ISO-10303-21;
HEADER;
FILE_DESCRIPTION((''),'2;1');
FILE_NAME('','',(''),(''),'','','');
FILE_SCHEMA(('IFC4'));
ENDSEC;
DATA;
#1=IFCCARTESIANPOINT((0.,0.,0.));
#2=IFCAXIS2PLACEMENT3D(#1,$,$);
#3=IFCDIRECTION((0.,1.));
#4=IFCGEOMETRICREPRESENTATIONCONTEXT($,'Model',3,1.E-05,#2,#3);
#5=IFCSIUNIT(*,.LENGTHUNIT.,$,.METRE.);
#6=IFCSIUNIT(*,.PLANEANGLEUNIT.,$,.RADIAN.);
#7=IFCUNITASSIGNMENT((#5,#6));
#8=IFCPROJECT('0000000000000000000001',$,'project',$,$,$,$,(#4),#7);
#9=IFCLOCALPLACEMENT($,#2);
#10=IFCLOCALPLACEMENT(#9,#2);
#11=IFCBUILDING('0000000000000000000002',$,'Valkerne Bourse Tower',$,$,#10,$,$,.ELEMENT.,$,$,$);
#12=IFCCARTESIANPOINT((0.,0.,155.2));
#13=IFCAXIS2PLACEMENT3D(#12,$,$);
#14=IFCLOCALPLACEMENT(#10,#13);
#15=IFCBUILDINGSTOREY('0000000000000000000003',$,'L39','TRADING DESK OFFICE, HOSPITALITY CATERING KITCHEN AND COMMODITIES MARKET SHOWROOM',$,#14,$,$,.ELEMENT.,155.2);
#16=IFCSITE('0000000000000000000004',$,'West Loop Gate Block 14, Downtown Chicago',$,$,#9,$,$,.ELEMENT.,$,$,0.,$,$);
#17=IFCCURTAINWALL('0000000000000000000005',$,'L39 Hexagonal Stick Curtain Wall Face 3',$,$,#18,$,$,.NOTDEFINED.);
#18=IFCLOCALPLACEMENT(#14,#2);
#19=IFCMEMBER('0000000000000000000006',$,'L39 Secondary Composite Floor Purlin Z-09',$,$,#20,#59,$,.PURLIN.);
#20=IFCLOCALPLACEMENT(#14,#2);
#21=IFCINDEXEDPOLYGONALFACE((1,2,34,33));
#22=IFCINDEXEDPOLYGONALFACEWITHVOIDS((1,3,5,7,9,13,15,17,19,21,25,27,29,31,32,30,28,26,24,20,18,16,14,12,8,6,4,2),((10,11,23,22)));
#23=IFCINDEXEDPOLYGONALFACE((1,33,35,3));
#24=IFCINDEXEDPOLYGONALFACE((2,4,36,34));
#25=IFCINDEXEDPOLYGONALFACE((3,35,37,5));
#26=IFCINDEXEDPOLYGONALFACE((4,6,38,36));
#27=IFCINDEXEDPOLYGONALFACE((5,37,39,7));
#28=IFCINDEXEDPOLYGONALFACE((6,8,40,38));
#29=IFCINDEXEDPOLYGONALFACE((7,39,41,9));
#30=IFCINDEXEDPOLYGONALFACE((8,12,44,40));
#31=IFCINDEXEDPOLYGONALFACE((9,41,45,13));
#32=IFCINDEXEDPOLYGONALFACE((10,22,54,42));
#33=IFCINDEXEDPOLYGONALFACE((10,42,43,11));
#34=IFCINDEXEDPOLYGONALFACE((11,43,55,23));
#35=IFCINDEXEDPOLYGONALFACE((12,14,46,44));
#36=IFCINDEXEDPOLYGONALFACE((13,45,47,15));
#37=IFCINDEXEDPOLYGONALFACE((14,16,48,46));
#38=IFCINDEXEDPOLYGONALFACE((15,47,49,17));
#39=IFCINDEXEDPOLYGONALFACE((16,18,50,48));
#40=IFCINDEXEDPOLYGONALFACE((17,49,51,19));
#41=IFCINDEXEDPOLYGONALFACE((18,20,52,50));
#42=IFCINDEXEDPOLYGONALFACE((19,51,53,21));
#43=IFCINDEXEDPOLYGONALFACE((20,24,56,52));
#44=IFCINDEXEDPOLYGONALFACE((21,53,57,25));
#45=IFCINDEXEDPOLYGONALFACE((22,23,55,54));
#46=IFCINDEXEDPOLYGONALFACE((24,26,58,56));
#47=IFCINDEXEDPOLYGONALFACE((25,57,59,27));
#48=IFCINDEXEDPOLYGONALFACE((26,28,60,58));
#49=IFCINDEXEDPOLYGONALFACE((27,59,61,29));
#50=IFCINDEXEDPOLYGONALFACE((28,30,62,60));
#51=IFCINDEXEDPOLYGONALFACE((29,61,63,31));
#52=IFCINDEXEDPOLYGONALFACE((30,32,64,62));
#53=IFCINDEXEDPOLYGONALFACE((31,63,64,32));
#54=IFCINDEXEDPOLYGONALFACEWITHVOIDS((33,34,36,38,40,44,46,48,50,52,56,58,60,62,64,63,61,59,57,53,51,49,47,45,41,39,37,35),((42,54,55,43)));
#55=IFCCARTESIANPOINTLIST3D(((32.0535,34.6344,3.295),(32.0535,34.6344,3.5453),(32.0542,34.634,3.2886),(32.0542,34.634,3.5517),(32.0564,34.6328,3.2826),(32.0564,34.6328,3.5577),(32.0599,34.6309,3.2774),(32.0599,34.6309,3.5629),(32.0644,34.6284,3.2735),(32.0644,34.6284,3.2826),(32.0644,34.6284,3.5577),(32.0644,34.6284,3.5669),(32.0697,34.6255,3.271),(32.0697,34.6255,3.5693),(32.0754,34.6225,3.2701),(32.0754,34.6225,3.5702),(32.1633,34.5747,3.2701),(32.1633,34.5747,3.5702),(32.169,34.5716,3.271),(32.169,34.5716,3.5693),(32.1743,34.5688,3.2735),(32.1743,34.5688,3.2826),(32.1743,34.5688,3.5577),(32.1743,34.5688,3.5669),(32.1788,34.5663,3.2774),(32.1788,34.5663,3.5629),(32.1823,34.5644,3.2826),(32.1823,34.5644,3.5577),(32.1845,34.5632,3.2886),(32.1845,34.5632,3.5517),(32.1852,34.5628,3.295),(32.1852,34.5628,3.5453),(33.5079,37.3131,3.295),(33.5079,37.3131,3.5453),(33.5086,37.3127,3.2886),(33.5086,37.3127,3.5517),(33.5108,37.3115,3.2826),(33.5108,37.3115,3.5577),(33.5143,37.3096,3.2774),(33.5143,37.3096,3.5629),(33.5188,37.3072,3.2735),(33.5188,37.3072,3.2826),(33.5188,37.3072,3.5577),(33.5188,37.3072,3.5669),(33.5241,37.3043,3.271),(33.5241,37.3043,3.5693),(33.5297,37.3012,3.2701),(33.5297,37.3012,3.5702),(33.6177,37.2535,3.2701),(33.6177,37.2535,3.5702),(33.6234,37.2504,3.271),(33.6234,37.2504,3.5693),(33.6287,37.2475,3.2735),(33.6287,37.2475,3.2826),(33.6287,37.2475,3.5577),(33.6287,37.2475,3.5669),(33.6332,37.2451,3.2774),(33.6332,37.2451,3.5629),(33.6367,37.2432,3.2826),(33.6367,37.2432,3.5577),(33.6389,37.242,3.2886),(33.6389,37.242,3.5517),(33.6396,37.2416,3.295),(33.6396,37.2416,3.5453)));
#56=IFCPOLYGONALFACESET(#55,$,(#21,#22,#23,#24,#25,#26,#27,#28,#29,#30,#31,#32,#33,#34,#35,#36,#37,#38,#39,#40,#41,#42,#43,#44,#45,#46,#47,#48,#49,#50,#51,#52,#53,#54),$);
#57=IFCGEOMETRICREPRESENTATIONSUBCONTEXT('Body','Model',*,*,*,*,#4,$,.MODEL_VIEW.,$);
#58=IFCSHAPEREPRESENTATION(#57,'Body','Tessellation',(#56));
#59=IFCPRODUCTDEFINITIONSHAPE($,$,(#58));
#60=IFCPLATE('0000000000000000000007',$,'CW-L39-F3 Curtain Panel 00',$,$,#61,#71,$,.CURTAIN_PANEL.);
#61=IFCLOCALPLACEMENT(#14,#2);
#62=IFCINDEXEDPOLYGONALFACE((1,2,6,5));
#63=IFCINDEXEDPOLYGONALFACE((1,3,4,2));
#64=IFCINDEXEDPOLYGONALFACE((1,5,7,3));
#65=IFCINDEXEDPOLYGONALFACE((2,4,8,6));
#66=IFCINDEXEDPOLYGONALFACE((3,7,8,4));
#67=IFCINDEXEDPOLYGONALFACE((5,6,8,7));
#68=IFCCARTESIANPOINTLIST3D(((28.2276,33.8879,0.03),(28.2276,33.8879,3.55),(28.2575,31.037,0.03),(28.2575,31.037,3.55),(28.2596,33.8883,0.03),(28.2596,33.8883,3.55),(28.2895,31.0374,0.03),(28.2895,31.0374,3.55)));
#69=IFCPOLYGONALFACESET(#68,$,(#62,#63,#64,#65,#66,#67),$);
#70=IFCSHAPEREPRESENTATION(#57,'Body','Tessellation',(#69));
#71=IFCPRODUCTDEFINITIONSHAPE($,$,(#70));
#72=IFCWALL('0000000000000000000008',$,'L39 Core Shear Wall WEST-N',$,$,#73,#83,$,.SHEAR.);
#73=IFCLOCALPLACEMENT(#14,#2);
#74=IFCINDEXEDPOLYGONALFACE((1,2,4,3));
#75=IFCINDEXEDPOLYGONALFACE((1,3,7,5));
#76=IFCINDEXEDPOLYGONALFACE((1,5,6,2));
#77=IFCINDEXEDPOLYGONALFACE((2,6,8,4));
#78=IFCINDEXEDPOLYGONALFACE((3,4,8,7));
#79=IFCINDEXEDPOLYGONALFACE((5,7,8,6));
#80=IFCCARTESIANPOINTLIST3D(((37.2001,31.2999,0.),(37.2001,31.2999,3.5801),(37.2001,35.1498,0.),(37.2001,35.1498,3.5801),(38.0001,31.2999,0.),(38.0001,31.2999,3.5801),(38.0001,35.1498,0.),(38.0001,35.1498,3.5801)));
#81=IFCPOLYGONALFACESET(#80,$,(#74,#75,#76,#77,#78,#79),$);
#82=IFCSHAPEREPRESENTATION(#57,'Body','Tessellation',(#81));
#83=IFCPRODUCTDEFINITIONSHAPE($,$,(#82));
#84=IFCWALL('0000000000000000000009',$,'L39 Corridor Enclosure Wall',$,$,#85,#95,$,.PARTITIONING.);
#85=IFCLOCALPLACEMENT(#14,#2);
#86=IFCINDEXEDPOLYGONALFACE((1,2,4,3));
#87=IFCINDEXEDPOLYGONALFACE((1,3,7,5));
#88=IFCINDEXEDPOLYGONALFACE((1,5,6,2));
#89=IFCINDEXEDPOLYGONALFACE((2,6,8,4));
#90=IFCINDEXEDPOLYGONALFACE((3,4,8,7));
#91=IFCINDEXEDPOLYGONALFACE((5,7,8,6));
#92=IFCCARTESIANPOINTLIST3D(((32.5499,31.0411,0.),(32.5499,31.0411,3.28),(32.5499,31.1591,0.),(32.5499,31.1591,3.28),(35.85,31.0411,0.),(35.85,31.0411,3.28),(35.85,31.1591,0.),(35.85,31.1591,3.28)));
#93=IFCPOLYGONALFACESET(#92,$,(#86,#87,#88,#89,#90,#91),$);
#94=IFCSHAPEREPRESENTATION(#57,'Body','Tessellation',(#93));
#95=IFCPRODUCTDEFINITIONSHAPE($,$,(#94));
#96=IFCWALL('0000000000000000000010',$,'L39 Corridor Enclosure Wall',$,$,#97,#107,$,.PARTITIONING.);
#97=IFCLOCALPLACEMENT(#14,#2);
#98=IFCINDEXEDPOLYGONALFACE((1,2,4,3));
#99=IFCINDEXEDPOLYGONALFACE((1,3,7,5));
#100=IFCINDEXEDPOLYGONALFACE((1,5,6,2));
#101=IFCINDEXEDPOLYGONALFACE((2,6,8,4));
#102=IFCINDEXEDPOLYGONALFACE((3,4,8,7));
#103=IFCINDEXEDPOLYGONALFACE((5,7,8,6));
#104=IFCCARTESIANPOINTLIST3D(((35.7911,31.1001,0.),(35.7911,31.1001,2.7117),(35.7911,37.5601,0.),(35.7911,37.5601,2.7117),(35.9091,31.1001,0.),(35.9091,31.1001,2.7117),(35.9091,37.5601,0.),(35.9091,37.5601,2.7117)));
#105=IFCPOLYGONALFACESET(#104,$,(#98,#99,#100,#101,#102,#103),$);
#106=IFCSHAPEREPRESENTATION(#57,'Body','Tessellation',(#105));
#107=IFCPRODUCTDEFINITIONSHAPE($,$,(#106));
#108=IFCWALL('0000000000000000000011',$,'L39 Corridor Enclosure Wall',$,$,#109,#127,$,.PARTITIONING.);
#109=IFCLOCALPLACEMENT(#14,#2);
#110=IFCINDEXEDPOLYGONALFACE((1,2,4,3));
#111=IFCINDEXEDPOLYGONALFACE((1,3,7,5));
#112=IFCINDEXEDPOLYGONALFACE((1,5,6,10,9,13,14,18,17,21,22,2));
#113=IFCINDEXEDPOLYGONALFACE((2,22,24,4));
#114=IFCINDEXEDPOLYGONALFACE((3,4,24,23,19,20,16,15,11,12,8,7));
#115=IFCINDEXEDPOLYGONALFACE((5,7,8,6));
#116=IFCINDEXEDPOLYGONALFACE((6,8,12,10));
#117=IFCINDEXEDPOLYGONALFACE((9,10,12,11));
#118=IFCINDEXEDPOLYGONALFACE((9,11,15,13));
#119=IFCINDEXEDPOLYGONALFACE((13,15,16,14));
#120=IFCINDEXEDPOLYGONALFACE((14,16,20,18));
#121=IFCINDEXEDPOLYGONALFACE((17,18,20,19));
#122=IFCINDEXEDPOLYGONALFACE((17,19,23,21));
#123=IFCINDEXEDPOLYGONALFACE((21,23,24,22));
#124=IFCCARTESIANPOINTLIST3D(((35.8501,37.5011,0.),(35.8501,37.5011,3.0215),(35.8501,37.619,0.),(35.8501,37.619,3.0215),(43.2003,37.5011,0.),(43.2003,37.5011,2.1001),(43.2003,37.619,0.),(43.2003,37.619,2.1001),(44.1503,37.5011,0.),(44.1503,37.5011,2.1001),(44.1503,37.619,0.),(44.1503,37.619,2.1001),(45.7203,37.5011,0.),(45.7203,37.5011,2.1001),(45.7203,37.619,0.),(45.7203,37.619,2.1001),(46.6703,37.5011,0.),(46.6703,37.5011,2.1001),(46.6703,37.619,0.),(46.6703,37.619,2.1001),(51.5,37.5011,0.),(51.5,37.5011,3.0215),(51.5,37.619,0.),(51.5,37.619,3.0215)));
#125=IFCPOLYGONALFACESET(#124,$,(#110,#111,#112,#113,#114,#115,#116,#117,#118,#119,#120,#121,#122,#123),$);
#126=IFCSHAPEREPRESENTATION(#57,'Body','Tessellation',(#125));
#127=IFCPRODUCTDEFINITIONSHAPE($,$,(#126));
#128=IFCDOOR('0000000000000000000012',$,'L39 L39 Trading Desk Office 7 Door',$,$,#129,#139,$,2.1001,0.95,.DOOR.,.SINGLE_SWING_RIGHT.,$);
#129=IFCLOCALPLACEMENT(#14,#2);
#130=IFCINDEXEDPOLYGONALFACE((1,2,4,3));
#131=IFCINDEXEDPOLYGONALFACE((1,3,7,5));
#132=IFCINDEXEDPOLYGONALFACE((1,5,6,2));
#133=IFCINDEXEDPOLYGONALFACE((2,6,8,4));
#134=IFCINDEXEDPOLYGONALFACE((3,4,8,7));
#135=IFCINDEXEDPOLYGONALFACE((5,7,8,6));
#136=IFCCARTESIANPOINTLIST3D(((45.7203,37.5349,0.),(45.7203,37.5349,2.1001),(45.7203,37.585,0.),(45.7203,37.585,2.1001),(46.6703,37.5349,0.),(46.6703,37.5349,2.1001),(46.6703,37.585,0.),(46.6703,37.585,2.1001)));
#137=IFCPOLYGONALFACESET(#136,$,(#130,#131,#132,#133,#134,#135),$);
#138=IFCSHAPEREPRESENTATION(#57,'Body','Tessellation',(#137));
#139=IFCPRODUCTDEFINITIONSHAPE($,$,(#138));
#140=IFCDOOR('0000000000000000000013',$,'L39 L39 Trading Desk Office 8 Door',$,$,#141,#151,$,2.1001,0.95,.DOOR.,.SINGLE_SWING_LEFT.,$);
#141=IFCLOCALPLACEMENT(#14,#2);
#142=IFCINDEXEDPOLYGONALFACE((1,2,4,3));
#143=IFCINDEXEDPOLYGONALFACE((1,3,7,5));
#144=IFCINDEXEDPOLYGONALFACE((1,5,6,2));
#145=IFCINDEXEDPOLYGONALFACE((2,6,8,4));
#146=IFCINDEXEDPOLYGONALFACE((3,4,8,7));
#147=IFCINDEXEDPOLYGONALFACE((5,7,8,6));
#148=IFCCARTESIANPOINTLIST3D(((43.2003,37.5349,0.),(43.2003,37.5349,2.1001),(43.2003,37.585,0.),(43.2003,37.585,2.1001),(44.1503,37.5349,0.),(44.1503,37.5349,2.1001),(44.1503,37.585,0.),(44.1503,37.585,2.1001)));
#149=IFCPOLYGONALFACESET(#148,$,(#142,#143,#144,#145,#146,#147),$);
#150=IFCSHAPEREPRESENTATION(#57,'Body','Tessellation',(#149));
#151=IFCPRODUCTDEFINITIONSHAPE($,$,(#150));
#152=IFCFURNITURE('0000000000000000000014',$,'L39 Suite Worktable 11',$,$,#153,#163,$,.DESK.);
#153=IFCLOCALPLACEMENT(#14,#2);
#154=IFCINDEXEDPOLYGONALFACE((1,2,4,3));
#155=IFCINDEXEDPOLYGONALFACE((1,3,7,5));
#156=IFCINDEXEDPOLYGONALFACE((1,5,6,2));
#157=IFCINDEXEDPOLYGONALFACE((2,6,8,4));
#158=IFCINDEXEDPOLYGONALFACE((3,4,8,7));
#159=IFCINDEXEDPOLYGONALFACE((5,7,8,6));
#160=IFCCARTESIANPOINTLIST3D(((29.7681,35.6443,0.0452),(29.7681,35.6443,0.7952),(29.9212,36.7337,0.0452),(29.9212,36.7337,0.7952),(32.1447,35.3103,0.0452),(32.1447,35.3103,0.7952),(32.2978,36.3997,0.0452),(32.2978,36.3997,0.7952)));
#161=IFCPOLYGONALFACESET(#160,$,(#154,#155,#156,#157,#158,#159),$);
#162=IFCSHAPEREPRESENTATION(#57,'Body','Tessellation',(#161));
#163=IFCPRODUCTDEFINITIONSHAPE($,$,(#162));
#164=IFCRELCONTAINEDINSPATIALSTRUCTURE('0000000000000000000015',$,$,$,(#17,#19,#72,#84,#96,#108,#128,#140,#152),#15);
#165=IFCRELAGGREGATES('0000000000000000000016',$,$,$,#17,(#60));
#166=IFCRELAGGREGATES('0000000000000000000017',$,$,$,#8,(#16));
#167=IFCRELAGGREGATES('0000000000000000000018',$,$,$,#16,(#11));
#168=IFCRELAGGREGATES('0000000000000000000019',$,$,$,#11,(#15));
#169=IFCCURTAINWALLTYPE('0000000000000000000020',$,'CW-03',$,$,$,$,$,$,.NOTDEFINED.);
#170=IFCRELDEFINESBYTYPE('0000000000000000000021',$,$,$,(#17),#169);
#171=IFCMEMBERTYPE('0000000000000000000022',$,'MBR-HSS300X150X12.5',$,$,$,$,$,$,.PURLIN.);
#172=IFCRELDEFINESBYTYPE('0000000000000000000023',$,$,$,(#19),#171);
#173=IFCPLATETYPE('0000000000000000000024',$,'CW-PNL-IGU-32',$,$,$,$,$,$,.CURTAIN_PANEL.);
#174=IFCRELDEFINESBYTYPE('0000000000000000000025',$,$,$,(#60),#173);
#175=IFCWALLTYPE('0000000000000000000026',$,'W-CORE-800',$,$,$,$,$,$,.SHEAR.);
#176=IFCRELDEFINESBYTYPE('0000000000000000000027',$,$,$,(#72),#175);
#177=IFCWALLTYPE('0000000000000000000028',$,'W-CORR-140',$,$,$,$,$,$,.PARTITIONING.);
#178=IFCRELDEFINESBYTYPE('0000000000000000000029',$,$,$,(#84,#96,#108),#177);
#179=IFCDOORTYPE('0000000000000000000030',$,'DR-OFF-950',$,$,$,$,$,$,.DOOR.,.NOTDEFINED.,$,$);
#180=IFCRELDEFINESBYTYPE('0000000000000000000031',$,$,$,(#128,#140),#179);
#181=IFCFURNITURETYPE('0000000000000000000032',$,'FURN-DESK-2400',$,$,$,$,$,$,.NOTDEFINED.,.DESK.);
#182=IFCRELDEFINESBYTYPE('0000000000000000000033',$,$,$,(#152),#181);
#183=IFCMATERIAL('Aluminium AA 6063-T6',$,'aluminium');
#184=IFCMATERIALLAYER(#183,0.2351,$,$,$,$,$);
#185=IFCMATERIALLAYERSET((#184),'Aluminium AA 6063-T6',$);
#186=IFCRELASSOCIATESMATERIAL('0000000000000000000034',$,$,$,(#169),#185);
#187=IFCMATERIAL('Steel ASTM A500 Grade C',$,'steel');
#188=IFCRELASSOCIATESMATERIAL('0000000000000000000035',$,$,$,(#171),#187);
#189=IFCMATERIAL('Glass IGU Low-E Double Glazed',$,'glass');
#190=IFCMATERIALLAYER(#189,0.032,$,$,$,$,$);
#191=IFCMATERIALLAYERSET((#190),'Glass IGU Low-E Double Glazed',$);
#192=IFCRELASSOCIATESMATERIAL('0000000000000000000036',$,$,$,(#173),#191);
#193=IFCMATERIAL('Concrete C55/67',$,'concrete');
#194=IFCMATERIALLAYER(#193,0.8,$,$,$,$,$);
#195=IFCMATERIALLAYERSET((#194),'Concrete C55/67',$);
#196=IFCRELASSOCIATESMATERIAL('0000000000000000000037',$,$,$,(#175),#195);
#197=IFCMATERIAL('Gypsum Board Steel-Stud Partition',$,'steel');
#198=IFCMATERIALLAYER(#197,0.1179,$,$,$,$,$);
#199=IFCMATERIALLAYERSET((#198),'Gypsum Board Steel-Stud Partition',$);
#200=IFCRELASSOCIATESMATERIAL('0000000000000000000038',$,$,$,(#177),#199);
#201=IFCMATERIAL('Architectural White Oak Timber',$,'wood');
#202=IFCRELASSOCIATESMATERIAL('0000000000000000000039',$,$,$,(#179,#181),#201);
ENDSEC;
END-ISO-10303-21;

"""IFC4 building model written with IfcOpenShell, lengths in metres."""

from ifc_helpers import new_model, si_unit, direction, frame, frame_2d, origin, origin_2d, place, context, subcontext, project, spatial, rectangle, hollow_rectangle, extrude, material, layer, layer_set, material_profile, profile_set, type_object, element, fill, aggregate, save


model = new_model("IFC4")

# Units and contexts
model_context = context("Model", 3, precision=1e-05, world=origin(), true_north=direction((0.0, 1.0)))
body_context = subcontext(model_context, "Body", "Model", "MODEL_VIEW")
ifc_project = project(units=[si_unit("LENGTHUNIT", "METRE"), si_unit("PLANEANGLEUNIT", "RADIAN")], contexts=[model_context])

# Site, building, storey
site_placement = place(None, origin())
site = spatial("IfcSite", under=ifc_project, at=site_placement, Name="West Loop Gate Block 14, Downtown Chicago", CompositionType="ELEMENT", RefElevation=0.0)
building_placement = place(site_placement, origin())
building = spatial("IfcBuilding", under=site, at=building_placement, Name="Valkerne Bourse Tower", CompositionType="ELEMENT")
storey_placement = place(building_placement, frame((0.0, 0.0, 155.2)))
storey = spatial("IfcBuildingStorey", under=building, at=storey_placement, Name="L39", Description="TRADING DESK OFFICE, HOSPITALITY CATERING KITCHEN AND COMMODITIES MARKET SHOWROOM", CompositionType="ELEMENT", Elevation=155.2)

# Curtain wall
ifc_material_1 = material(Name="Aluminium AA 6063-T6", Category="aluminium")
ifc_layer_1 = layer(ifc_material_1, 0.2351)
ifc_layer_set_1 = layer_set([ifc_layer_1], Name="Aluminium AA 6063-T6")
curtain_wall_type = type_object("IfcCurtainWallType", Name="CW-03", PredefinedType="NOTDEFINED", material=ifc_layer_set_1)
curtain_wall_placement = place(storey_placement, origin())
curtain_wall = element("IfcCurtainWall", 1, at=curtain_wall_placement, inside=storey, type_object=curtain_wall_type, Name="L39 Hexagonal Stick Curtain Wall Face 3", PredefinedType="NOTDEFINED")

# Member
ifc_material_2 = material(Name="Steel ASTM A500 Grade C", Category="steel")
ifc_material_profile_1 = material_profile(ifc_material_2, hollow_rectangle(XDim=0.1499, YDim=0.3, WallThickness=0.0125, OuterFilletRadius=0.0249, at=origin_2d()), Name="HSS300X150X12.5")
ifc_profile_set_1 = profile_set([ifc_material_profile_1], Name="Steel ASTM A500 Grade C")
member_type_1 = type_object("IfcMemberType", Name="MBR-HSS300X150X12.5", PredefinedType="PURLIN", material=ifc_profile_set_1)
member_1_placement = place(storey_placement, frame((33.5737, 37.2773, 3.4202), z_axis=(-0.47714, -0.878828, 0.0), x_axis=(0.878828, -0.47714, 0.0)))
element("IfcMember", 2, at=member_1_placement, inside=storey, type_object=member_type_1, Name="L39 Secondary Composite Floor Purlin Z-09", PredefinedType="PURLIN", context=body_context, shape_type="SweptSolid", body=[
    extrude(hollow_rectangle(XDim=0.1499, YDim=0.3, WallThickness=0.0125, OuterFilletRadius=0.0249, at=origin_2d()), origin(), (0.0, 0.0, 1.0), 3.0481),
])

# Plate
ifc_material_3 = material(Name="Glass IGU Low-E Double Glazed", Category="glass")
ifc_layer_2 = layer(ifc_material_3, 0.032)
ifc_layer_set_2 = layer_set([ifc_layer_2], Name="Glass IGU Low-E Double Glazed")
plate_type = type_object("IfcPlateType", Name="CW-PNL-IGU-32", PredefinedType="CURTAIN_PANEL", material=ifc_layer_set_2)
plate_placement = place(storey_placement, frame((28.2585, 32.4626, 0.03), z_axis=(0.0, 0.0, 1.0), x_axis=(0.010475, -0.999945, 0.0)))
plate = element("IfcPlate", 3, at=plate_placement, type_object=plate_type, Name="CW-L39-F3 Curtain Panel 00", PredefinedType="CURTAIN_PANEL", context=body_context, shape_type="SweptSolid", body=[
    extrude(rectangle(XDim=2.8511, YDim=0.032, at=origin_2d()), origin(), (0.0, 0.0, 1.0), 3.52),
])
aggregate(curtain_wall, [plate])

# Shared definitions
ifc_material_4 = material(Name="Concrete C55/67", Category="concrete")
ifc_layer_3 = layer(ifc_material_4, 0.8)
ifc_layer_set_3 = layer_set([ifc_layer_3], Name="Concrete C55/67")
wall_type_1 = type_object("IfcWallType", Name="W-CORE-800", PredefinedType="SHEAR", material=ifc_layer_set_3)

# Walls
wall_1_placement = place(storey_placement, frame((37.6001, 31.3, 0.0), z_axis=(0.0, 0.0, 1.0), x_axis=(0.0, 1.0, 0.0)))
element("IfcWall", 4, at=wall_1_placement, inside=storey, type_object=wall_type_1, Name="L39 Core Shear Wall WEST-N", PredefinedType="SHEAR", context=body_context, shape_type="SweptSolid", body=[
    extrude(rectangle(XDim=3.8499, YDim=0.8, at=frame_2d((1.9248, 0.0))), origin(), (0.0, 0.0, 1.0), 3.5801),
])
ifc_material_5 = material(Name="Gypsum Board Steel-Stud Partition", Category="steel")
ifc_layer_4 = layer(ifc_material_5, 0.1179)
ifc_layer_set_4 = layer_set([ifc_layer_4], Name="Gypsum Board Steel-Stud Partition")
wall_type_2 = type_object("IfcWallType", Name="W-CORR-140", PredefinedType="PARTITIONING", material=ifc_layer_set_4)
wall_2_placement = place(storey_placement, frame((32.55, 31.1001, 0.0), z_axis=(0.0, 0.0, 1.0), x_axis=(1.0, 0.0, 0.0)))
element("IfcWall", 5, at=wall_2_placement, inside=storey, type_object=wall_type_2, Name="L39 Corridor Enclosure Wall", PredefinedType="PARTITIONING", context=body_context, shape_type="SweptSolid", body=[
    extrude(rectangle(XDim=3.3, YDim=0.1179, at=frame_2d((1.6499, 0.0))), origin(), (0.0, 0.0, 1.0), 3.28),
])
wall_3_placement = place(storey_placement, frame((35.8501, 31.1001, 0.0), z_axis=(0.0, 0.0, 1.0), x_axis=(0.0, 1.0, 0.0)))
element("IfcWall", 6, at=wall_3_placement, inside=storey, type_object=wall_type_2, Name="L39 Corridor Enclosure Wall", PredefinedType="PARTITIONING", context=body_context, shape_type="SweptSolid", body=[
    extrude(rectangle(XDim=6.46, YDim=0.1179, at=frame_2d((3.23, 0.0))), origin(), (0.0, 0.0, 1.0), 2.7117),
])

# Wall, openings, doors
wall_4_placement = place(storey_placement, frame((35.8501, 37.5601, 0.0), z_axis=(0.0, 0.0, 1.0), x_axis=(1.0, 0.0, 0.0)))
wall_4 = element("IfcWall", 7, at=wall_4_placement, inside=storey, type_object=wall_type_2, Name="L39 Corridor Enclosure Wall", PredefinedType="PARTITIONING", context=body_context, shape_type="SweptSolid", body=[
    extrude(rectangle(XDim=15.6499, YDim=0.1179, at=frame_2d((7.825, 0.0))), origin(), (0.0, 0.0, 1.0), 3.0215),
])
opening_1_placement = place(wall_4_placement, frame((9.8701, 0.0, 0.0)))
opening_1 = element("IfcOpeningElement", 8, at=opening_1_placement, cuts=wall_4, PredefinedType="OPENING", context=body_context, shape_type="SweptSolid", body=[
    extrude(rectangle(XDim=0.95, YDim=2.1001, at=frame_2d((0.4751, 1.05))), frame((0.0, 0.0688, 0.0), z_axis=(0.0, -1.0, 0.0), x_axis=(1.0, 0.0, 0.0)), (0.0, 0.0, 1.0), 0.1379),
])
opening_2_placement = place(wall_4_placement, frame((7.3501, 0.0, 0.0)))
opening_2 = element("IfcOpeningElement", 9, at=opening_2_placement, cuts=wall_4, PredefinedType="OPENING", context=body_context, shape_type="SweptSolid", body=[
    extrude(rectangle(XDim=0.95, YDim=2.1001, at=frame_2d((0.4751, 1.05))), frame((0.0, 0.0688, 0.0), z_axis=(0.0, -1.0, 0.0), x_axis=(1.0, 0.0, 0.0)), (0.0, 0.0, 1.0), 0.1379),
])
ifc_material_6 = material(Name="Architectural White Oak Timber", Category="wood")
door_type_1 = type_object("IfcDoorType", Name="DR-OFF-950", OperationType="NOTDEFINED", PredefinedType="DOOR", material=ifc_material_6)
door_1_placement = place(opening_1_placement, origin())
door_1 = element("IfcDoor", 10, at=door_1_placement, inside=storey, type_object=door_type_1, Name="L39 L39 Trading Desk Office 7 Door", OperationType="SINGLE_SWING_RIGHT", OverallHeight=2.1001, OverallWidth=0.95, PredefinedType="DOOR", context=body_context, shape_type="SweptSolid", body=[
    extrude(rectangle(XDim=0.95, YDim=2.1001, at=frame_2d((0.4751, 1.05))), frame((0.0, 0.0249, 0.0), z_axis=(0.0, -1.0, 0.0), x_axis=(1.0, 0.0, 0.0)), (0.0, 0.0, 1.0), 0.05),
])
fill(opening_1, door_1)
door_2_placement = place(opening_2_placement, origin())
door_2 = element("IfcDoor", 11, at=door_2_placement, inside=storey, type_object=door_type_1, Name="L39 L39 Trading Desk Office 8 Door", OperationType="SINGLE_SWING_LEFT", OverallHeight=2.1001, OverallWidth=0.95, PredefinedType="DOOR", context=body_context, shape_type="SweptSolid", body=[
    extrude(rectangle(XDim=0.95, YDim=2.1001, at=frame_2d((0.4751, 1.05))), frame((0.0, 0.0249, 0.0), z_axis=(0.0, -1.0, 0.0), x_axis=(1.0, 0.0, 0.0)), (0.0, 0.0, 1.0), 0.05),
])
fill(opening_2, door_2)

# Furniture
furniture_type = type_object("IfcFurnitureType", Name="FURN-DESK-2400", AssemblyPlace="NOTDEFINED", PredefinedType="DESK", material=ifc_material_6)
furniture_placement = place(storey_placement, frame((31.033, 36.022, 0.0452), z_axis=(0.0, 0.0, 1.0), x_axis=(-0.990268, 0.139173, 0.0)))
element("IfcFurniture", 12, at=furniture_placement, inside=storey, type_object=furniture_type, Name="L39 Suite Worktable 11", PredefinedType="DESK", context=body_context, shape_type="SweptSolid", body=[
    extrude(rectangle(XDim=2.3999, YDim=1.1001, at=origin_2d()), origin(), (0.0, 0.0, 1.0), 0.75),
])

save(model, "model.ifc")
